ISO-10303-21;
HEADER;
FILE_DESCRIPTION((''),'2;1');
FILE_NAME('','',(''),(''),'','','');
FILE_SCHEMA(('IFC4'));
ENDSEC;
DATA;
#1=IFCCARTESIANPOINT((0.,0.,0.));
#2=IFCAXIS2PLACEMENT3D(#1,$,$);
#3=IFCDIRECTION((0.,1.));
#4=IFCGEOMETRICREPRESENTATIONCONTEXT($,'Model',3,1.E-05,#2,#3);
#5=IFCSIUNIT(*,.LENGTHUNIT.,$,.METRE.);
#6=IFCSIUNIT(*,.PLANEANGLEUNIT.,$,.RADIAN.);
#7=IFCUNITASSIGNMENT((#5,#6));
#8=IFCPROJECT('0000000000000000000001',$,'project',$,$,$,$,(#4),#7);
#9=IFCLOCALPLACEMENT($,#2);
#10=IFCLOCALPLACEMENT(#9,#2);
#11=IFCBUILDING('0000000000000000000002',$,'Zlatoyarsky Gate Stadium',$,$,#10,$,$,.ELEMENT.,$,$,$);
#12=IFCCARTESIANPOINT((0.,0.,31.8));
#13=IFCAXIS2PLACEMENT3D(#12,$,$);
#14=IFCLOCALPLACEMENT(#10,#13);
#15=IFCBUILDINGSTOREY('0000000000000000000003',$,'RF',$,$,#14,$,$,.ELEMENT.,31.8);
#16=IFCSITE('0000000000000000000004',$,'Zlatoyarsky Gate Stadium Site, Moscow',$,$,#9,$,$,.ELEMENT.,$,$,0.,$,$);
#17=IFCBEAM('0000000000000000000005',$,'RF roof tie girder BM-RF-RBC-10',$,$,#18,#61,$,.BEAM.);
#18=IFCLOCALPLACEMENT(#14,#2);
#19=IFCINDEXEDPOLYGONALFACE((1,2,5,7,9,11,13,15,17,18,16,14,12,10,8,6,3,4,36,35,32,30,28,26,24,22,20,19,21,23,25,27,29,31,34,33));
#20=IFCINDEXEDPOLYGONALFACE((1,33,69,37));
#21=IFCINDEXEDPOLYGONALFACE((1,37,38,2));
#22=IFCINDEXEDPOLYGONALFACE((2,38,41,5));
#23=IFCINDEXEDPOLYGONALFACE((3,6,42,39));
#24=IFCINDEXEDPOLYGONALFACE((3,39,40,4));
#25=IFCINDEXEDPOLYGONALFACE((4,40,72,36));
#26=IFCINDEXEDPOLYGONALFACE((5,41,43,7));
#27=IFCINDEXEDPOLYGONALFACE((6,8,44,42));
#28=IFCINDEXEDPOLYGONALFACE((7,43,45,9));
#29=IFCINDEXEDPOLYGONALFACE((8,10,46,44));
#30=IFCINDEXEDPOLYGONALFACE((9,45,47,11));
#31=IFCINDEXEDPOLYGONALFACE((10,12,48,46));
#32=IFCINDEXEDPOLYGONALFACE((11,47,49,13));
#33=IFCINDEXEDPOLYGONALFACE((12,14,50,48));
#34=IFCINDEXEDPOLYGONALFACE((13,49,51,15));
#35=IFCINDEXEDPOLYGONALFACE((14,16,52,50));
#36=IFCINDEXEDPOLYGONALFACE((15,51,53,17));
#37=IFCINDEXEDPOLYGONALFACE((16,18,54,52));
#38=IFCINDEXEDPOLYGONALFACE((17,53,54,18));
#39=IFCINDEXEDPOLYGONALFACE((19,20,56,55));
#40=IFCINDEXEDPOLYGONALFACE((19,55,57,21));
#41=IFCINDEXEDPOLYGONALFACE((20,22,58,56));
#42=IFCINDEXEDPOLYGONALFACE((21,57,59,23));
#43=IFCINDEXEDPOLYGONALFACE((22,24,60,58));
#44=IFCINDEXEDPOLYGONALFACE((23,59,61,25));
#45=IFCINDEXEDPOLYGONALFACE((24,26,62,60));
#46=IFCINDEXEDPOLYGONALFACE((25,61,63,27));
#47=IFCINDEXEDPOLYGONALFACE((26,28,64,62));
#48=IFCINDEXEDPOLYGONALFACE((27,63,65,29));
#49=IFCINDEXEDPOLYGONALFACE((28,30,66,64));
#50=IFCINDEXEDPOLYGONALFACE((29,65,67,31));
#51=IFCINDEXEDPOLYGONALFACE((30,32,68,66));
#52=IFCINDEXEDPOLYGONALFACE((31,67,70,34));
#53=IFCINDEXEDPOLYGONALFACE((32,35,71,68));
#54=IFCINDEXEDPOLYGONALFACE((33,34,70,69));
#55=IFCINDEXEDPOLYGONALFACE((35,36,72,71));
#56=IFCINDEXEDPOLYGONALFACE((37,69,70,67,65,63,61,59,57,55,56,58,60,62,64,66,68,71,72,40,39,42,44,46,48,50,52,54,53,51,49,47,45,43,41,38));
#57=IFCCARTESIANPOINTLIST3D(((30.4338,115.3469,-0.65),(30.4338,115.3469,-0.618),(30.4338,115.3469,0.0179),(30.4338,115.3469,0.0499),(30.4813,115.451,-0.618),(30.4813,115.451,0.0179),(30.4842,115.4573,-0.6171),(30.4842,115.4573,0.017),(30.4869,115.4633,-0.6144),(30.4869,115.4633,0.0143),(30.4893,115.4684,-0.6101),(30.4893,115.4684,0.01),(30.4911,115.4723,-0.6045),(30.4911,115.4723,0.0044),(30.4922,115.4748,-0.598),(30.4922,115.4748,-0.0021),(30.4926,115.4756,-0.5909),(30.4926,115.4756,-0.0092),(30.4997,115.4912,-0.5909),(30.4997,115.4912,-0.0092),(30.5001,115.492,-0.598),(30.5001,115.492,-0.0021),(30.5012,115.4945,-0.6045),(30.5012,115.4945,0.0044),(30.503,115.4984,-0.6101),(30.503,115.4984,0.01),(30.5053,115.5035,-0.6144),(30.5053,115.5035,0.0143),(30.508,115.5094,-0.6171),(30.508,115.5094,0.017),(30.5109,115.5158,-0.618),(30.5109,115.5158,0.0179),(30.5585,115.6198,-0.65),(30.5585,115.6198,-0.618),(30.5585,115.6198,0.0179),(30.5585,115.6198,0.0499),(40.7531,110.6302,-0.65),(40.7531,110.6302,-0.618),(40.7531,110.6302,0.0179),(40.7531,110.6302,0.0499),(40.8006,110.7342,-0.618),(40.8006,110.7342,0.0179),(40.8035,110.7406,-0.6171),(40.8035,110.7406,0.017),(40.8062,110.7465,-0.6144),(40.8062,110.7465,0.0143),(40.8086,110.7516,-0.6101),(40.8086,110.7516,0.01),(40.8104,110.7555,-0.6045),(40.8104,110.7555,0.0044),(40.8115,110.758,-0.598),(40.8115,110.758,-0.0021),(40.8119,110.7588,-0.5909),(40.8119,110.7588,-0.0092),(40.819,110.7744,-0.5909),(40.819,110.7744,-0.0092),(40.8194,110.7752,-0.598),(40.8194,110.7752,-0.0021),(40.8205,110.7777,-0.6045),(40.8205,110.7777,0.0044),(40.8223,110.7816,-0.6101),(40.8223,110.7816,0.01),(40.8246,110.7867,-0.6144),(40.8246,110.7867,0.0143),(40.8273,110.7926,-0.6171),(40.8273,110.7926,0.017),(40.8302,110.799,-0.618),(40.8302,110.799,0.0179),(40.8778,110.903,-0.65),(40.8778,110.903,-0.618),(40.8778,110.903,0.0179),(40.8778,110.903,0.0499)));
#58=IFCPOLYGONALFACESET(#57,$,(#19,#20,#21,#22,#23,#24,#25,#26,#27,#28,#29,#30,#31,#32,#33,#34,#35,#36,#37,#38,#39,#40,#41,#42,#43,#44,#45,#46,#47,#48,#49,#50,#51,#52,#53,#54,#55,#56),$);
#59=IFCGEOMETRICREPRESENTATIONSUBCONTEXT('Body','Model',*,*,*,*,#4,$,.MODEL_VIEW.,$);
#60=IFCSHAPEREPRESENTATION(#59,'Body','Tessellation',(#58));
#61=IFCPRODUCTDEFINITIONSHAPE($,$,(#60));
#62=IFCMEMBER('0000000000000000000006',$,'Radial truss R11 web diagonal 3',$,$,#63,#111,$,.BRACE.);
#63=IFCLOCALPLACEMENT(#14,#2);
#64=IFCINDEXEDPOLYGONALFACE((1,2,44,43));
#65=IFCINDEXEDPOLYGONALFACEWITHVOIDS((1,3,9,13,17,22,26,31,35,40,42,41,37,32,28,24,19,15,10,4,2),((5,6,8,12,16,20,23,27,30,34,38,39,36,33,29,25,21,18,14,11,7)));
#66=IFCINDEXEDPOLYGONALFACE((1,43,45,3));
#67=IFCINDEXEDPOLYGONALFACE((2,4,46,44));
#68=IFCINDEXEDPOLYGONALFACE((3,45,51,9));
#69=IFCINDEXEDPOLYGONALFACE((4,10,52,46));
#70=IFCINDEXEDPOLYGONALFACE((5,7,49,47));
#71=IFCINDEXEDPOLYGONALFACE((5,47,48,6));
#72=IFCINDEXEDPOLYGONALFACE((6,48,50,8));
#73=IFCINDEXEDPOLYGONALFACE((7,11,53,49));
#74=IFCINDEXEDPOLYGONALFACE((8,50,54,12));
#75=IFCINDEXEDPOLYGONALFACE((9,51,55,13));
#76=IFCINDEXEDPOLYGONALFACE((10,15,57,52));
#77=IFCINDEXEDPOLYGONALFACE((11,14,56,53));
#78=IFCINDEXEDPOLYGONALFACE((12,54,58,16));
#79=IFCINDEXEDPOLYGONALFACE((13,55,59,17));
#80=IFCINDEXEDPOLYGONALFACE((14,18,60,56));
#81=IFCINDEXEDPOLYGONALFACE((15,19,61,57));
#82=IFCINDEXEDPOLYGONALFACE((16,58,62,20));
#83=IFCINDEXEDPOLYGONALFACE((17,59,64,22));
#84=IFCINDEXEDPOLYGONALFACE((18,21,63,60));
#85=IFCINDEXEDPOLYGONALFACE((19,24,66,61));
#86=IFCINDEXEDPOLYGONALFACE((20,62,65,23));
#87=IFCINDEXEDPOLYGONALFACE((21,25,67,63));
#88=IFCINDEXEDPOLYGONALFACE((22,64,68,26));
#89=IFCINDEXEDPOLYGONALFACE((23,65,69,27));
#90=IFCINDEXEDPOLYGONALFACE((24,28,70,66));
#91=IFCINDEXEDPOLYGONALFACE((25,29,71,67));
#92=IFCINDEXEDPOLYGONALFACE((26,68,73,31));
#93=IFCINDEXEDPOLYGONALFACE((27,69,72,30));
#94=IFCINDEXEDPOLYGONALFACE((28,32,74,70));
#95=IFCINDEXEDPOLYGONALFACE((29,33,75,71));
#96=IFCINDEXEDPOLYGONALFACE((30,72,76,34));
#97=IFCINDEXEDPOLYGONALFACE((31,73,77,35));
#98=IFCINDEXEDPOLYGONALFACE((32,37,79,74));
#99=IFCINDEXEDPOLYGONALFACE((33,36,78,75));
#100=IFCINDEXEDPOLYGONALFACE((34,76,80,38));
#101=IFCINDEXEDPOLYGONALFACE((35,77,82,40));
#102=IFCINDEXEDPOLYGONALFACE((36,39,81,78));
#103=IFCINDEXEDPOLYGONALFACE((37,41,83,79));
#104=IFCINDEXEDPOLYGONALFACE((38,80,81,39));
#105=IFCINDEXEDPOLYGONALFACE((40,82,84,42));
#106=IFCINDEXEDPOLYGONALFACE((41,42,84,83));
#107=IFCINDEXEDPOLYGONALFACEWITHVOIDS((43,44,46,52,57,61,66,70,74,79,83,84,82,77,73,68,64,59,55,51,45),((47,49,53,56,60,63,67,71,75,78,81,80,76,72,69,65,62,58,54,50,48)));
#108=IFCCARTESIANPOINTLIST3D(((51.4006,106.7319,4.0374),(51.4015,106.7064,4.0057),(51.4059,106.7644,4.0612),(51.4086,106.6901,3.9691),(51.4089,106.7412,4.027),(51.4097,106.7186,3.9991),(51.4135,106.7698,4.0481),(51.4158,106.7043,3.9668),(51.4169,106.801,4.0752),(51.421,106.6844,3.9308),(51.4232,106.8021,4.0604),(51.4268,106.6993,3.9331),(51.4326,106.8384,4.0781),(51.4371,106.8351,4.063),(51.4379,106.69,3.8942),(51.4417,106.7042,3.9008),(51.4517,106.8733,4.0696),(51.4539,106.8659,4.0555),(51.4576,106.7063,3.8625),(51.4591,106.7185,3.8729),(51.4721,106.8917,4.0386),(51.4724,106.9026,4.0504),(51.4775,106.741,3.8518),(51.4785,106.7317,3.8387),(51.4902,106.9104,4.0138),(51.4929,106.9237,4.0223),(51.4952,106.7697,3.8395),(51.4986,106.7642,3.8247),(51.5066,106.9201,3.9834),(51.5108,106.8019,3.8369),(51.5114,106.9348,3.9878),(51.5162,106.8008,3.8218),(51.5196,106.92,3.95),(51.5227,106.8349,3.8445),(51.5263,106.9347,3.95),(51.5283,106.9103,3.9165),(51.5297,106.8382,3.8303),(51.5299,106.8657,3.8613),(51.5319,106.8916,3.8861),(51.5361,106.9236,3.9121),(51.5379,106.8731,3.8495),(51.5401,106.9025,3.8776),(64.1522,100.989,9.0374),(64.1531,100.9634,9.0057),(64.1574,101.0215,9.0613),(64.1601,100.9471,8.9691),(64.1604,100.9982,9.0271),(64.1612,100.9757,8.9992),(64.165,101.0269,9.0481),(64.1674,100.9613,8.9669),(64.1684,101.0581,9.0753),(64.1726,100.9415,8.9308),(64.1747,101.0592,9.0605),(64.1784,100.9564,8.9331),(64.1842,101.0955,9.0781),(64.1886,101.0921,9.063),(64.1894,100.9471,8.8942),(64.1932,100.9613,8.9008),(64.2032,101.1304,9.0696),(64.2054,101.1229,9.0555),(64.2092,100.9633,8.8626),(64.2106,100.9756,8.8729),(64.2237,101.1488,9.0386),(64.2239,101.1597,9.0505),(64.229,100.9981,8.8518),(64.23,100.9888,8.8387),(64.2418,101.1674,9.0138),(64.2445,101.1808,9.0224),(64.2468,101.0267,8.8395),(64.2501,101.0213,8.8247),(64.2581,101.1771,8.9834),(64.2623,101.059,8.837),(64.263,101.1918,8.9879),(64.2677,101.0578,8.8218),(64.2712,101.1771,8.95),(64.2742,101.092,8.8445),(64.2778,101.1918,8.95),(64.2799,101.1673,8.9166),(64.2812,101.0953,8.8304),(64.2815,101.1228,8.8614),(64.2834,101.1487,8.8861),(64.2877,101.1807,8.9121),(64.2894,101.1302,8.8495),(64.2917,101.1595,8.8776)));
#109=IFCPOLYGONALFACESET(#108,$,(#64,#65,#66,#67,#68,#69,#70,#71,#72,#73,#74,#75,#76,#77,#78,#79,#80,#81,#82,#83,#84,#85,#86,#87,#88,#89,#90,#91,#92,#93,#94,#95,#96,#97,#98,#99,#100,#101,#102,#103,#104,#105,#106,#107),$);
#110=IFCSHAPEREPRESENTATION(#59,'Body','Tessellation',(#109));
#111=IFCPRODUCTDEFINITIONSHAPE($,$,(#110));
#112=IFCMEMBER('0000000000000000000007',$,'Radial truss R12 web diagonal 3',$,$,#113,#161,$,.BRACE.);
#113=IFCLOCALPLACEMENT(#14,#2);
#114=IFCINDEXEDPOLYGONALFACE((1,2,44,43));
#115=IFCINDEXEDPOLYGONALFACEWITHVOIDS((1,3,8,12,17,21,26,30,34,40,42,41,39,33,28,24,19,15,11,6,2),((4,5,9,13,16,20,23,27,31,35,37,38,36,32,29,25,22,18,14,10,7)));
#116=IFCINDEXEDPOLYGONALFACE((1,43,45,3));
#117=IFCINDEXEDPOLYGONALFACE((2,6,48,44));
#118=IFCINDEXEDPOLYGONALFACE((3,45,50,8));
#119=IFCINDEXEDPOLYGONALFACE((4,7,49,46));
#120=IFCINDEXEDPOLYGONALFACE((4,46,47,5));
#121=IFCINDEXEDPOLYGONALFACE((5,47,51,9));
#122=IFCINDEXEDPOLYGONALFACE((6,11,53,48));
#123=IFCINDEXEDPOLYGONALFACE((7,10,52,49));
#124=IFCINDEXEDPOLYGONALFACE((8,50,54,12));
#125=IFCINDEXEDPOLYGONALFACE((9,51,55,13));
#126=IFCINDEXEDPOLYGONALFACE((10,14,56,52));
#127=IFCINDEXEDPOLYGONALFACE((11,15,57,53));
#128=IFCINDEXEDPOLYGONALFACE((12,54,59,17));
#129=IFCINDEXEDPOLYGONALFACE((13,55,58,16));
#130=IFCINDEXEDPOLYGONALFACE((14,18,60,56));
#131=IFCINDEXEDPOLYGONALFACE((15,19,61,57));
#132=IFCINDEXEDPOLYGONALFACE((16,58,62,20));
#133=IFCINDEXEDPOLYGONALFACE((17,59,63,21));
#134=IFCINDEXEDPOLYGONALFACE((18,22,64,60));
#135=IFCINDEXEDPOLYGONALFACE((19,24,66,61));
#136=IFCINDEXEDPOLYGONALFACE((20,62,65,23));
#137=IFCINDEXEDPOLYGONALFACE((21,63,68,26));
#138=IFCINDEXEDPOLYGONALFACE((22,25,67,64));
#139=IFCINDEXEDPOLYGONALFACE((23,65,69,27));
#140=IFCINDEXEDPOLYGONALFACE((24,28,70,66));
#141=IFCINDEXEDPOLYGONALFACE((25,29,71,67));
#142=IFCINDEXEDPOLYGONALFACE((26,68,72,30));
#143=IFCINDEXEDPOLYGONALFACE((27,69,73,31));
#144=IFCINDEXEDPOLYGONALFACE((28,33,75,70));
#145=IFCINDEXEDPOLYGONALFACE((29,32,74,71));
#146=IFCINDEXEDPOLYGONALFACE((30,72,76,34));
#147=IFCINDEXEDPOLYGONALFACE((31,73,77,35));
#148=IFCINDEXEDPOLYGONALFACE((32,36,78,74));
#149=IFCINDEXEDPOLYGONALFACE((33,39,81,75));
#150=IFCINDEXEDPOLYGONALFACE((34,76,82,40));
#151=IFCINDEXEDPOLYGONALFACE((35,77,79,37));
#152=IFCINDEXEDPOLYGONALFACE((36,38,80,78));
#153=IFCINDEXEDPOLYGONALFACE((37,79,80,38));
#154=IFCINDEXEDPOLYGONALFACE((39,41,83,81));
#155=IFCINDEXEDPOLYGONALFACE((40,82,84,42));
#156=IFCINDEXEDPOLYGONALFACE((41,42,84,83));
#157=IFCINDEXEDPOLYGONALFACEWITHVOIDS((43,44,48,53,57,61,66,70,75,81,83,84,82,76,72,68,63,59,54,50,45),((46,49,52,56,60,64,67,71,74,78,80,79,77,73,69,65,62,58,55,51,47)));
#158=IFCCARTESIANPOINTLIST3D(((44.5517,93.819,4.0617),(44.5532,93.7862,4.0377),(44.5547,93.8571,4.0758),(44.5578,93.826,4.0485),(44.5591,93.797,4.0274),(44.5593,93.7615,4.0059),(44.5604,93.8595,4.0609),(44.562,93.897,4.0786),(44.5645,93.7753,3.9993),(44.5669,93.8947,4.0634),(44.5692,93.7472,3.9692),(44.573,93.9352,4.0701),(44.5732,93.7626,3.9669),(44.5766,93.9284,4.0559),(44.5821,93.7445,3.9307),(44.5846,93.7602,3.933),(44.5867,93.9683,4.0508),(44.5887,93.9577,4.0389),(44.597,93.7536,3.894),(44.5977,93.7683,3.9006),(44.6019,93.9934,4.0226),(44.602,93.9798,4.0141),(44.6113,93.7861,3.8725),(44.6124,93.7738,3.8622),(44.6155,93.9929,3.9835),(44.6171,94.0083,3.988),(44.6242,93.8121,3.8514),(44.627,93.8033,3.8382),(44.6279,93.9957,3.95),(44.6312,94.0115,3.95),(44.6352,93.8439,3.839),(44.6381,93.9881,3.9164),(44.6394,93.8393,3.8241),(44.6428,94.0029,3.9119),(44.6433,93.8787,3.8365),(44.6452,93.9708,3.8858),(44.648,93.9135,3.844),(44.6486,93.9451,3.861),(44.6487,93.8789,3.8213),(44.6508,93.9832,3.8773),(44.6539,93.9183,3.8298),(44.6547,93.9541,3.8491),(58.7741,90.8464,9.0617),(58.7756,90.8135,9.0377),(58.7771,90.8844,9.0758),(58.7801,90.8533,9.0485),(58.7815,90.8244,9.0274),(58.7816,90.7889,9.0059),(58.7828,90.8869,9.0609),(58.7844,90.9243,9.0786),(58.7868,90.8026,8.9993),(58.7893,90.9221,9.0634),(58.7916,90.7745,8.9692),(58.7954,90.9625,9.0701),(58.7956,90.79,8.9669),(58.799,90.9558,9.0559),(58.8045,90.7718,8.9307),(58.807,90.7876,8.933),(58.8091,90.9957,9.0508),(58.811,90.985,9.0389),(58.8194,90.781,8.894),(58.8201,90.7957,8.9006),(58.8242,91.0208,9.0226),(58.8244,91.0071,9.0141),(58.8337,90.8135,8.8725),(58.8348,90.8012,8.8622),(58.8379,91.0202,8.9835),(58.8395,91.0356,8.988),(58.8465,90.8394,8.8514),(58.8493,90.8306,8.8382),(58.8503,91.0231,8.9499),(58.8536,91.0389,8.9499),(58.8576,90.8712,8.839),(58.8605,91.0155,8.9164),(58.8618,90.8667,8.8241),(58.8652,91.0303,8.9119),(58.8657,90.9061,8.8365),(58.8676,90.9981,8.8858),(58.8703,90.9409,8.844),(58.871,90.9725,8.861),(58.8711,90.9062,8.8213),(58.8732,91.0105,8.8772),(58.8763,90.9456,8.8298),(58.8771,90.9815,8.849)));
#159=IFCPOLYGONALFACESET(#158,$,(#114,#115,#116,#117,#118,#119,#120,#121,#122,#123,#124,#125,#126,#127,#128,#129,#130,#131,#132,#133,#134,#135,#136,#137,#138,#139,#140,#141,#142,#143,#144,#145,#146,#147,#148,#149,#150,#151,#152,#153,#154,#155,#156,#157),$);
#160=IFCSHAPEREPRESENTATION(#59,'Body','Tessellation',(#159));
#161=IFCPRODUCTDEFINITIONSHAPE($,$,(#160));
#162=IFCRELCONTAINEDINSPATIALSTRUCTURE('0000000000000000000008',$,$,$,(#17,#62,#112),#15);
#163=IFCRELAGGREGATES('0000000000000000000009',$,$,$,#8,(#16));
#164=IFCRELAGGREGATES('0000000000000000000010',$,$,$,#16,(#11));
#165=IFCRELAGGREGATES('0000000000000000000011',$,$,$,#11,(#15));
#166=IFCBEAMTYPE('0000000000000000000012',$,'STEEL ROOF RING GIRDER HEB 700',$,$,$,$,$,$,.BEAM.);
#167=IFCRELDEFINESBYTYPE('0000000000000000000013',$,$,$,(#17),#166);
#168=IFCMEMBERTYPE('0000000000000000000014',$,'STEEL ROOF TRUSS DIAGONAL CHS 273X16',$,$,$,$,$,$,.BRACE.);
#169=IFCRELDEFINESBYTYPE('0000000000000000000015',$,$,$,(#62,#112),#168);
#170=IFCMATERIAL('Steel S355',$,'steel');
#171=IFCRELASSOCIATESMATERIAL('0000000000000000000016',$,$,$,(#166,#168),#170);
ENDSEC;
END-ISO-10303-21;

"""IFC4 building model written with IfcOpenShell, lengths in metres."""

from ifc_helpers import new_model, si_unit, direction, frame, origin, origin_2d, place, context, subcontext, project, spatial, hollow_circle, i_section, extrude, material, material_profile, profile_set, type_object, element, save


model = new_model("IFC4")

# Units and contexts
model_context = context("Model", 3, precision=1e-05, world=origin(), true_north=direction((0.0, 1.0)))
body_context = subcontext(model_context, "Body", "Model", "MODEL_VIEW")
ifc_project = project(units=[si_unit("LENGTHUNIT", "METRE"), si_unit("PLANEANGLEUNIT", "RADIAN")], contexts=[model_context])

# Site, building, storey
site_placement = place(None, origin())
site = spatial("IfcSite", under=ifc_project, at=site_placement, Name="Zlatoyarsky Gate Stadium Site, Moscow", CompositionType="ELEMENT", RefElevation=0.0)
building_placement = place(site_placement, origin())
building = spatial("IfcBuilding", under=site, at=building_placement, Name="Zlatoyarsky Gate Stadium", CompositionType="ELEMENT")
storey_placement = place(building_placement, frame((0.0, 0.0, 31.8)))
storey = spatial("IfcBuildingStorey", under=building, at=storey_placement, Name="RF", CompositionType="ELEMENT", Elevation=31.8)

# Shared definitions
ifc_material_1 = material(Name="Steel S355", Category="steel")

# Beam
ifc_material_profile_1 = material_profile(ifc_material_1, i_section(OverallWidth=0.3, OverallDepth=0.7, WebThickness=0.0171, FlangeThickness=0.032, FilletRadius=0.0271, at=origin_2d()), Name="HEB 700")
ifc_profile_set_1 = profile_set([ifc_material_profile_1], Name="Steel S355")
beam_type = type_object("IfcBeamType", Name="STEEL ROOF RING GIRDER HEB 700", PredefinedType="BEAM", material=ifc_profile_set_1)
beam_placement = place(storey_placement, frame((40.8154, 110.7666, -0.3), z_axis=(-0.909495, 0.415715, 0.0), x_axis=(-0.415715, -0.909495, 0.0)))
element("IfcBeam", 1, at=beam_placement, inside=storey, type_object=beam_type, Name="RF roof tie girder BM-RF-RBC-10", PredefinedType="BEAM", context=body_context, shape_type="SweptSolid", body=[
    extrude(i_section(OverallWidth=0.3, OverallDepth=0.7, WebThickness=0.0171, FlangeThickness=0.032, FilletRadius=0.0271, at=origin_2d()), origin(), (0.0, 0.0, 1.0), 11.3462),
])

# Members
ifc_material_profile_2 = material_profile(ifc_material_1, hollow_circle(Radius=0.1365, WallThickness=0.0161, at=origin_2d()), Name="CHS 273X16")
ifc_profile_set_2 = profile_set([ifc_material_profile_2], Name="Steel S355")
member_type_1 = type_object("IfcMemberType", Name="STEEL ROOF TRUSS DIAGONAL CHS 273X16", PredefinedType="BRACE", material=ifc_profile_set_2)
member_1_placement = place(storey_placement, frame((51.4702, 106.8103, 3.95), z_axis=(0.858571, -0.386677, 0.336656), x_axis=(0.410648, 0.911794, 0.0)))
element("IfcMember", 2, at=member_1_placement, inside=storey, type_object=member_type_1, Name="Radial truss R11 web diagonal 3", PredefinedType="BRACE", context=body_context, shape_type="SweptSolid", body=[
    extrude(hollow_circle(Radius=0.1365, WallThickness=0.0161, at=origin_2d()), origin(), (0.0, 0.0, 1.0), 14.8521),
])
member_2_placement = place(storey_placement, frame((44.6033, 93.8779, 3.95), z_axis=(0.925577, -0.193457, 0.325394), x_axis=(0.204591, 0.978848, 0.0)))
element("IfcMember", 3, at=member_2_placement, inside=storey, type_object=member_type_1, Name="Radial truss R12 web diagonal 3", PredefinedType="BRACE", context=body_context, shape_type="SweptSolid", body=[
    extrude(hollow_circle(Radius=0.1365, WallThickness=0.0161, at=origin_2d()), origin(), (0.0, 0.0, 1.0), 15.366),
])

save(model, "model.ifc")
